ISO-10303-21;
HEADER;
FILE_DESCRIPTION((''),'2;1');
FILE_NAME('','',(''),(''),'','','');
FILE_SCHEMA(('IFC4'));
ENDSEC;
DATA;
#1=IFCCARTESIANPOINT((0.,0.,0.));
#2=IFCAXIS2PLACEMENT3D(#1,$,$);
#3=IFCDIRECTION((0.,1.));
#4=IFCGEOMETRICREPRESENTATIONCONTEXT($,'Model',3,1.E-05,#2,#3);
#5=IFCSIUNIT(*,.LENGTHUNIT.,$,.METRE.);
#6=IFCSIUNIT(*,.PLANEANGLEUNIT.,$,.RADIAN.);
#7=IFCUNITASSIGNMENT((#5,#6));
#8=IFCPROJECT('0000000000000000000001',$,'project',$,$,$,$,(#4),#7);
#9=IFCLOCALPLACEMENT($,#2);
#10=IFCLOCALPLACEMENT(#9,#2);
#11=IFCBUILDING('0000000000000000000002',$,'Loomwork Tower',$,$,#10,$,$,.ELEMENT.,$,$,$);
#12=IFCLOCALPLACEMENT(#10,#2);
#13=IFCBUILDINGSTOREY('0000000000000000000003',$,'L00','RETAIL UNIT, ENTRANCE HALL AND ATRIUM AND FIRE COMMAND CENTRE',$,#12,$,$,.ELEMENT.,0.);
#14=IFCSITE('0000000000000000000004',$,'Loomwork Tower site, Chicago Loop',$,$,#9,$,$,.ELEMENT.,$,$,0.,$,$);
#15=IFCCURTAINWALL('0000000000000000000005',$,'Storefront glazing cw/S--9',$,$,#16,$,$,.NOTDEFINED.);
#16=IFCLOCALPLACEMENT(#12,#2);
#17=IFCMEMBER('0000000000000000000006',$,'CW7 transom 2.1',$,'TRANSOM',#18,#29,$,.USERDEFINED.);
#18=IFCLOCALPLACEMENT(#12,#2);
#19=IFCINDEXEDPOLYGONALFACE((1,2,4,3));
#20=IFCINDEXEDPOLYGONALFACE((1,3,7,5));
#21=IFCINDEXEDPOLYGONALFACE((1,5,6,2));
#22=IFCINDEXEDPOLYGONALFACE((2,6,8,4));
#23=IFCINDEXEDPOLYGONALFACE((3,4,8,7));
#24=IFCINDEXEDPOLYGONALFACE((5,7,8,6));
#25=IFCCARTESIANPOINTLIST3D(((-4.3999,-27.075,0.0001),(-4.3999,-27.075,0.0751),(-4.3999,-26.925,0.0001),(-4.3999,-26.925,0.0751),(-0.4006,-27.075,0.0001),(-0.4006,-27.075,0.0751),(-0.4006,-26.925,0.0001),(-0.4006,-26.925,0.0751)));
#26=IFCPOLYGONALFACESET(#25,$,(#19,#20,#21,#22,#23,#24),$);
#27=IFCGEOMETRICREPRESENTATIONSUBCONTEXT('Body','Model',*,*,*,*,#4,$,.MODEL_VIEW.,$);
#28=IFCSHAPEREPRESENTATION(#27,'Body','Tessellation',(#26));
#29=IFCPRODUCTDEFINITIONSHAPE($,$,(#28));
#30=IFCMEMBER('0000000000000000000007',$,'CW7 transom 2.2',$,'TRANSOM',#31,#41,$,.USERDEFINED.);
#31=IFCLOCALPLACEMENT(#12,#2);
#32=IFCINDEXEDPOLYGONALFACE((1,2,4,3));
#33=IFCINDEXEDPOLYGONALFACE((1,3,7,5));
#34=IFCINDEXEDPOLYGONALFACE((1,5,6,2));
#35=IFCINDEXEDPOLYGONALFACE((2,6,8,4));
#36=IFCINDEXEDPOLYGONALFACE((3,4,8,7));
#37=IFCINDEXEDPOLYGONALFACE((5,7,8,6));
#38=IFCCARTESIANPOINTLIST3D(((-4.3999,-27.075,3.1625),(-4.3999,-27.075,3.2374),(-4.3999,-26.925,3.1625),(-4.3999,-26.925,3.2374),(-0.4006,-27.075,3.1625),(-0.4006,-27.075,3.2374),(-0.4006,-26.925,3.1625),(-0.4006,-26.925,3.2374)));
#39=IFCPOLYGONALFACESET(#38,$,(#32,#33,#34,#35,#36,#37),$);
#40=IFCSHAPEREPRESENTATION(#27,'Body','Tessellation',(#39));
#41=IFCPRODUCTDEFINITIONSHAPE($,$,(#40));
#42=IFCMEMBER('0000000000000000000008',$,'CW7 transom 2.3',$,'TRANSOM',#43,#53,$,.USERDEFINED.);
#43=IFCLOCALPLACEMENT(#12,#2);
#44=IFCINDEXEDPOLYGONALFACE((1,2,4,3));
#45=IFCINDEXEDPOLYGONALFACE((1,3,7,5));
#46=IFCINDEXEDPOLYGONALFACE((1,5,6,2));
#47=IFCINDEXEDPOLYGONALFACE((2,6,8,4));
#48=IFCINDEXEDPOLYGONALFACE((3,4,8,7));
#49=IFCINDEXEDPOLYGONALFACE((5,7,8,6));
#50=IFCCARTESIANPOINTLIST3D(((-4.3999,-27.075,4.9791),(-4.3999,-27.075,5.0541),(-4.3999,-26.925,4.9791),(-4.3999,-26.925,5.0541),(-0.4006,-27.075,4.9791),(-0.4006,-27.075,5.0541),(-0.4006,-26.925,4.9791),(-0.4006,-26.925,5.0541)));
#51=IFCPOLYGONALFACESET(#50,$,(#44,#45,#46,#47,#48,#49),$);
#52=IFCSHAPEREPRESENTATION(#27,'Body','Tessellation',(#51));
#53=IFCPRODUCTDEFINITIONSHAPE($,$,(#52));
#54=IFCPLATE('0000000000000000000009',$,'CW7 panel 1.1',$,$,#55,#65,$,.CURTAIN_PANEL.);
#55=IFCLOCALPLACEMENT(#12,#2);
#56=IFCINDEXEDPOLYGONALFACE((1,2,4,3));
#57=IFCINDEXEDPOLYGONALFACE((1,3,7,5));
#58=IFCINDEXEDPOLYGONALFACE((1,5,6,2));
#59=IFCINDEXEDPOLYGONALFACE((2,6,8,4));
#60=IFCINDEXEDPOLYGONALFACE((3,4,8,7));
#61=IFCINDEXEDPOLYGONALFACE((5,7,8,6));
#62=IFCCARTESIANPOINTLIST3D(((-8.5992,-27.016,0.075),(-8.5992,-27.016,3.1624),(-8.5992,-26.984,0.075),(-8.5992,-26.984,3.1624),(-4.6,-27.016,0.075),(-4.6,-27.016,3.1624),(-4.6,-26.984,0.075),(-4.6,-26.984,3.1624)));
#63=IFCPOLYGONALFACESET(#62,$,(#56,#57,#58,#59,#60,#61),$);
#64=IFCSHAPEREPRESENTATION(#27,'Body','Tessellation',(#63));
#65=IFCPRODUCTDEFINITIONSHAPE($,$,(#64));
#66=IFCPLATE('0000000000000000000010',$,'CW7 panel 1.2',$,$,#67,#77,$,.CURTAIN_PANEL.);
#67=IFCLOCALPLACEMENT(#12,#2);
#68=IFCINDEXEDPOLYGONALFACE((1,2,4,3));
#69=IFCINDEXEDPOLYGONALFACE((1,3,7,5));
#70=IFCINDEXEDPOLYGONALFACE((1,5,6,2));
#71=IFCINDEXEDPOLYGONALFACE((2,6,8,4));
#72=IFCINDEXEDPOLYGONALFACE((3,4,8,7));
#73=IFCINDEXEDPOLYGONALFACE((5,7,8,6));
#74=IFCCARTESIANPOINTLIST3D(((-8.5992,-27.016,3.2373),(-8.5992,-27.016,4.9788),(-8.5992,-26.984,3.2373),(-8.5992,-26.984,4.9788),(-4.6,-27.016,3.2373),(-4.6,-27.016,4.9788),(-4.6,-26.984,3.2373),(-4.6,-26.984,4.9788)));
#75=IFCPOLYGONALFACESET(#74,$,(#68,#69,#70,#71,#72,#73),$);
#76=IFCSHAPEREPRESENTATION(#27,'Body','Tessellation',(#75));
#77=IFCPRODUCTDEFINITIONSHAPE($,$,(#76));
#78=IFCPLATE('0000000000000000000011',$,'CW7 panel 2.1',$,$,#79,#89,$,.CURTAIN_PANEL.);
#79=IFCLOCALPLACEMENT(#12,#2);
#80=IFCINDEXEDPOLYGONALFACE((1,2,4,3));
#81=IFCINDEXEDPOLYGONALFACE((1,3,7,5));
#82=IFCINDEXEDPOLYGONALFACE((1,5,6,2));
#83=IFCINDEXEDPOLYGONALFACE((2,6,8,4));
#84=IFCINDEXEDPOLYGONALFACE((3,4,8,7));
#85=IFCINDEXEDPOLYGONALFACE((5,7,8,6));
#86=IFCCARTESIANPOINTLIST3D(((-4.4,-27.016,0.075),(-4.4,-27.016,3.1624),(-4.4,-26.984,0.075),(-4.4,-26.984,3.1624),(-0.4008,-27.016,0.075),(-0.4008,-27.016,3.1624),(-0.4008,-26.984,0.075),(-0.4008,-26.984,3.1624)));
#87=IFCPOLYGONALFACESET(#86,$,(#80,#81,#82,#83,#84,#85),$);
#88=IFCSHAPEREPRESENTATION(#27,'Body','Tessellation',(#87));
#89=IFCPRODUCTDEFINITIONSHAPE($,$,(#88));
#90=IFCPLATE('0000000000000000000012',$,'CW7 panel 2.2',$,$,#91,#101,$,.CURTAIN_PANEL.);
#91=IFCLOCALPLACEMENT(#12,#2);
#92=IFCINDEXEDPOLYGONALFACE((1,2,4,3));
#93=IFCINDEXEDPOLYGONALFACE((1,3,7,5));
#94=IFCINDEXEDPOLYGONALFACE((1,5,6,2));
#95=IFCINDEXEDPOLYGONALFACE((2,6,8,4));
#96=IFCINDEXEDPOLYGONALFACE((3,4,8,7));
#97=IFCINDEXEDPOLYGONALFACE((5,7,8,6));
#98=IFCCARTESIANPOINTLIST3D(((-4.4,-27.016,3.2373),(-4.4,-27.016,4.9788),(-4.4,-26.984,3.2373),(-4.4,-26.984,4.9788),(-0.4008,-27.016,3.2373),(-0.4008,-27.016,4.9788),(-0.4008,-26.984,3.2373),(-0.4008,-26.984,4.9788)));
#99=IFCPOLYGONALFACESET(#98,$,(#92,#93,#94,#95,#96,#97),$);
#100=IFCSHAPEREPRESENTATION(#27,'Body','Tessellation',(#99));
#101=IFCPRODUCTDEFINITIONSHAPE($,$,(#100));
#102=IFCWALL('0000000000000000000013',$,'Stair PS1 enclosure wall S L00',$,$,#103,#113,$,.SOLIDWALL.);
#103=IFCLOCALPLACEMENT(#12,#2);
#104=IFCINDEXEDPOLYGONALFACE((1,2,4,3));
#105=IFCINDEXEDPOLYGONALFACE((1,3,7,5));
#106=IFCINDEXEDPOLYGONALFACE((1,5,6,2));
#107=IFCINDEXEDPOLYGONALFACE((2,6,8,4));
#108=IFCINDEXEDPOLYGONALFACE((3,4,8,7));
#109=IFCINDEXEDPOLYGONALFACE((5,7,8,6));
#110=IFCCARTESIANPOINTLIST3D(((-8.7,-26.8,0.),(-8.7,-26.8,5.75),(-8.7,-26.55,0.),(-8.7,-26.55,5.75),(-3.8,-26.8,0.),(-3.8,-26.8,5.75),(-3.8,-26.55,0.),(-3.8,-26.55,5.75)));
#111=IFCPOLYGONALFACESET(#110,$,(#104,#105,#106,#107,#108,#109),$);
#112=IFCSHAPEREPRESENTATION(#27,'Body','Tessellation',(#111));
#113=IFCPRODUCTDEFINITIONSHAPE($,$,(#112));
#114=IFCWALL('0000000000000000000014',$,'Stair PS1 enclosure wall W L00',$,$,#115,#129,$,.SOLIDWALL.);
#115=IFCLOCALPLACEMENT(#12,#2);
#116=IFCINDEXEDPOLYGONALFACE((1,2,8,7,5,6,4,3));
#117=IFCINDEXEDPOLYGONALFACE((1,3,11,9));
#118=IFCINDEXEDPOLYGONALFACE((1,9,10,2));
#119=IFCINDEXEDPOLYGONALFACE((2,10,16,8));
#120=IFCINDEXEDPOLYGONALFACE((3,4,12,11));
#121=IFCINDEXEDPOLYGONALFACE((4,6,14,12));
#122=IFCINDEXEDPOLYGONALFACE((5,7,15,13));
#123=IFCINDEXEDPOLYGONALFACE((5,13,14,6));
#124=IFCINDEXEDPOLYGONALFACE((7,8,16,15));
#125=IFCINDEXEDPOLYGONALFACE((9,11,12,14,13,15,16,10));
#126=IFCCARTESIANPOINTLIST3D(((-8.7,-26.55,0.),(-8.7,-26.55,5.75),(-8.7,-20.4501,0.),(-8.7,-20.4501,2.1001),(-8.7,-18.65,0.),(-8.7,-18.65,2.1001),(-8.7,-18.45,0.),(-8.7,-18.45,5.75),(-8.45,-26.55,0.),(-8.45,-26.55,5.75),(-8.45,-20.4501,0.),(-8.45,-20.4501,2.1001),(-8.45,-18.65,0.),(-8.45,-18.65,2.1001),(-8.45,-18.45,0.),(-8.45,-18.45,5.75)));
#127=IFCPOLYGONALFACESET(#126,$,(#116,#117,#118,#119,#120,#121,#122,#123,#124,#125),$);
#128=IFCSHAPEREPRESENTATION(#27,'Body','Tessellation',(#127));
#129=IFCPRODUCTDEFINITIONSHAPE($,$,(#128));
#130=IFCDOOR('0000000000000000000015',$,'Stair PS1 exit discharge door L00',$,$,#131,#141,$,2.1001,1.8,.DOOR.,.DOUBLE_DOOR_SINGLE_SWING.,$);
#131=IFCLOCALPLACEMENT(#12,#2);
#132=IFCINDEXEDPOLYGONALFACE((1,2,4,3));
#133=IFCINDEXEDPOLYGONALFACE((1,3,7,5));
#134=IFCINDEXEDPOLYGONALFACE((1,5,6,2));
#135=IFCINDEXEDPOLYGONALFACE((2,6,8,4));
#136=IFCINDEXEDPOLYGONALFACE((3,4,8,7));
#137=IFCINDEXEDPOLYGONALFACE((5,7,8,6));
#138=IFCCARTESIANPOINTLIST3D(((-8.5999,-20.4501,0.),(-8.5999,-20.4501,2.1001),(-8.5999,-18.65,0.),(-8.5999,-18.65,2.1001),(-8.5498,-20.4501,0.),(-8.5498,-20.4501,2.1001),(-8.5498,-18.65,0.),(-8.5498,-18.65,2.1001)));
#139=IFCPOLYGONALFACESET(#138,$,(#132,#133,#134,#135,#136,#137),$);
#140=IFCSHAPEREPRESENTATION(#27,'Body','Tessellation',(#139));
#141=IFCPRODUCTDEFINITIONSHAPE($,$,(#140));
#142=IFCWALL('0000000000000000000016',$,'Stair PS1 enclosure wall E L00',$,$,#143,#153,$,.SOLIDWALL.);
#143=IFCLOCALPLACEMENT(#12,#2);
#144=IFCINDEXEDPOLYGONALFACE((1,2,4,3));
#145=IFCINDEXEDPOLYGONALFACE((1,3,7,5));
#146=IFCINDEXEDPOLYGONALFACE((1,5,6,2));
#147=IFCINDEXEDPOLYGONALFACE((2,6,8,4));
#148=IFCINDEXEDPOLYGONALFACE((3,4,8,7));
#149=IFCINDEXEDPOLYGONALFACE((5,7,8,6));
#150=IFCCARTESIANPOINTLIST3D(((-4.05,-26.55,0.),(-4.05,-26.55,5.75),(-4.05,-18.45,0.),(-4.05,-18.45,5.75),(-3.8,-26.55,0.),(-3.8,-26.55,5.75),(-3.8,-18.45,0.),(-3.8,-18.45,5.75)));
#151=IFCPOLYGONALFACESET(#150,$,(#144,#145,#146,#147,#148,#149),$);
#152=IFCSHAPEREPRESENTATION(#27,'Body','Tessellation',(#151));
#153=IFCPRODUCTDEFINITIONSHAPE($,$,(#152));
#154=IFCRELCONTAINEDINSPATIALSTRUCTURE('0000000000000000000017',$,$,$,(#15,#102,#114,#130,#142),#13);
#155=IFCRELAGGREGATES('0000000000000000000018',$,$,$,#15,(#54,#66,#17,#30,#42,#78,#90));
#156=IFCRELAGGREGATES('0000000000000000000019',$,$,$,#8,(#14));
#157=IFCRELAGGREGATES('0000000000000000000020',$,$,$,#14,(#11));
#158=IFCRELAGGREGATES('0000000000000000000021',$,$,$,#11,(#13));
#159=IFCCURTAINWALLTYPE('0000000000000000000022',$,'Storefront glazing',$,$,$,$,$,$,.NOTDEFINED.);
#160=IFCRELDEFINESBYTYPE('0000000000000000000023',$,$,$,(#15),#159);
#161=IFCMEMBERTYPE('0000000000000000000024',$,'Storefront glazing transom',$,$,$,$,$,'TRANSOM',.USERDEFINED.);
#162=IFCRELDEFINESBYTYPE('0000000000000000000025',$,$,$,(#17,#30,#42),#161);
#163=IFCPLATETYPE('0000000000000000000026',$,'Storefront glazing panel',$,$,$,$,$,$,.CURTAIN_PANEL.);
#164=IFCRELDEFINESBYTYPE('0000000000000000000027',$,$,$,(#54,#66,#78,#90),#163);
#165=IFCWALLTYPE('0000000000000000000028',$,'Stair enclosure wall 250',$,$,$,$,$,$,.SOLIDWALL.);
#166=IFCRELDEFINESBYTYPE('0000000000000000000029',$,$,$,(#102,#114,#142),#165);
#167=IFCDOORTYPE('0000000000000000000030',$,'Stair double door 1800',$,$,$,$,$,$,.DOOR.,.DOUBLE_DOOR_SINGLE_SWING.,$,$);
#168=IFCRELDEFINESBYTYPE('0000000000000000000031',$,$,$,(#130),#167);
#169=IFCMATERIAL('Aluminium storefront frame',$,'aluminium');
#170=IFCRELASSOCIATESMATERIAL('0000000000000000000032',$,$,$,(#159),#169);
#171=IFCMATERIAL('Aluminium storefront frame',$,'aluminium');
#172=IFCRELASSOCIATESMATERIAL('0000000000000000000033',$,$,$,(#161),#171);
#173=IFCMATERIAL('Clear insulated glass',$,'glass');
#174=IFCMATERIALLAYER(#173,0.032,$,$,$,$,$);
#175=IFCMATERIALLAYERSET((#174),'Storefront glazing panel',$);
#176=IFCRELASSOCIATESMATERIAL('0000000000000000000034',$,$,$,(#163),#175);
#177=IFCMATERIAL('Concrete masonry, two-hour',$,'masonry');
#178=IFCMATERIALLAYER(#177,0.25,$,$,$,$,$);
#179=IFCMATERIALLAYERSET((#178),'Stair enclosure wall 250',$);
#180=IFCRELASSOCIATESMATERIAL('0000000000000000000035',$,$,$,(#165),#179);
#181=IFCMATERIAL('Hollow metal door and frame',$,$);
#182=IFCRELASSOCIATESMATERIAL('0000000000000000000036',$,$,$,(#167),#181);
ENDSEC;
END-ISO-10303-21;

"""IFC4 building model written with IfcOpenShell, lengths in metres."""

from ifc_helpers import new_model, si_unit, direction, frame, frame_2d, origin, origin_2d, place, context, subcontext, project, spatial, rectangle, extrude, material, layer, layer_set, material_profile, profile_set, type_object, element, fill, aggregate, save


model = new_model("IFC4")

# Units and contexts
model_context = context("Model", 3, precision=1e-05, world=origin(), true_north=direction((0.0, 1.0)))
body_context = subcontext(model_context, "Body", "Model", "MODEL_VIEW")
ifc_project = project(units=[si_unit("LENGTHUNIT", "METRE"), si_unit("PLANEANGLEUNIT", "RADIAN")], contexts=[model_context])

# Site, building, storey
site_placement = place(None, origin())
site = spatial("IfcSite", under=ifc_project, at=site_placement, Name="Loomwork Tower site, Chicago Loop", CompositionType="ELEMENT", RefElevation=0.0)
building_placement = place(site_placement, origin())
building = spatial("IfcBuilding", under=site, at=building_placement, Name="Loomwork Tower", CompositionType="ELEMENT")
storey_placement = place(building_placement, origin())
storey = spatial("IfcBuildingStorey", under=building, at=storey_placement, Name="L00", Description="RETAIL UNIT, ENTRANCE HALL AND ATRIUM AND FIRE COMMAND CENTRE", CompositionType="ELEMENT", Elevation=0.0)

# Curtain wall, members, plates
ifc_material_1 = material(Name="Aluminium storefront frame", Category="aluminium")
curtain_wall_type = type_object("IfcCurtainWallType", Name="Storefront glazing", PredefinedType="NOTDEFINED", material=ifc_material_1)
curtain_wall_placement = place(storey_placement, origin())
curtain_wall = element("IfcCurtainWall", 1, at=curtain_wall_placement, inside=storey, type_object=curtain_wall_type, Name="Storefront glazing cw/S--9", PredefinedType="NOTDEFINED")
ifc_material_2 = material(Name="Aluminium storefront frame", Category="aluminium")
ifc_material_profile_1 = material_profile(ifc_material_2, rectangle(XDim=0.1499, YDim=0.075, at=origin_2d()), Name="AL 75x150")
ifc_profile_set_1 = profile_set([ifc_material_profile_1], Name="Aluminium storefront frame")
member_type_1 = type_object("IfcMemberType", Name="Storefront glazing transom", ElementType="TRANSOM", PredefinedType="USERDEFINED", material=ifc_profile_set_1)
member_1_placement = place(storey_placement, frame((-4.3999, -27.0, 0.0376), z_axis=(1.0, 0.0, 0.0), x_axis=(0.0, 1.0, 0.0)))
member_1 = element("IfcMember", 2, at=member_1_placement, type_object=member_type_1, Name="CW7 transom 2.1", ObjectType="TRANSOM", PredefinedType="USERDEFINED", context=body_context, shape_type="SweptSolid", body=[
    extrude(rectangle(XDim=0.1499, YDim=0.075, at=origin_2d()), origin(), (0.0, 0.0, 1.0), 3.9993),
])
member_2_placement = place(storey_placement, frame((-4.3999, -27.0, 3.2), z_axis=(1.0, 0.0, 0.0), x_axis=(0.0, 1.0, 0.0)))
member_2 = element("IfcMember", 3, at=member_2_placement, type_object=member_type_1, Name="CW7 transom 2.2", ObjectType="TRANSOM", PredefinedType="USERDEFINED", context=body_context, shape_type="SweptSolid", body=[
    extrude(rectangle(XDim=0.1499, YDim=0.075, at=origin_2d()), origin(), (0.0, 0.0, 1.0), 3.9993),
])
member_3_placement = place(storey_placement, frame((-4.3999, -27.0, 5.0166), z_axis=(1.0, 0.0, 0.0), x_axis=(0.0, 1.0, 0.0)))
member_3 = element("IfcMember", 4, at=member_3_placement, type_object=member_type_1, Name="CW7 transom 2.3", ObjectType="TRANSOM", PredefinedType="USERDEFINED", context=body_context, shape_type="SweptSolid", body=[
    extrude(rectangle(XDim=0.1499, YDim=0.075, at=origin_2d()), origin(), (0.0, 0.0, 1.0), 3.9993),
])
ifc_material_3 = material(Name="Clear insulated glass", Category="glass")
ifc_layer_1 = layer(ifc_material_3, 0.032)
ifc_layer_set_1 = layer_set([ifc_layer_1], Name="Storefront glazing panel")
plate_type = type_object("IfcPlateType", Name="Storefront glazing panel", PredefinedType="CURTAIN_PANEL", material=ifc_layer_set_1)
plate_1_placement = place(storey_placement, frame((-6.5996, -27.0, 0.075), z_axis=(0.0, 0.0, 1.0), x_axis=(1.0, 0.0, 0.0)))
plate_1 = element("IfcPlate", 5, at=plate_1_placement, type_object=plate_type, Name="CW7 panel 1.1", PredefinedType="CURTAIN_PANEL", context=body_context, shape_type="SweptSolid", body=[
    extrude(rectangle(XDim=3.9993, YDim=0.032, at=origin_2d()), origin(), (0.0, 0.0, 1.0), 3.0874),
])
plate_2_placement = place(storey_placement, frame((-6.5996, -27.0, 3.2373), z_axis=(0.0, 0.0, 1.0), x_axis=(1.0, 0.0, 0.0)))
plate_2 = element("IfcPlate", 6, at=plate_2_placement, type_object=plate_type, Name="CW7 panel 1.2", PredefinedType="CURTAIN_PANEL", context=body_context, shape_type="SweptSolid", body=[
    extrude(rectangle(XDim=3.9993, YDim=0.032, at=origin_2d()), origin(), (0.0, 0.0, 1.0), 1.7415),
])
plate_3_placement = place(storey_placement, frame((-2.4004, -27.0, 0.075), z_axis=(0.0, 0.0, 1.0), x_axis=(1.0, 0.0, 0.0)))
plate_3 = element("IfcPlate", 7, at=plate_3_placement, type_object=plate_type, Name="CW7 panel 2.1", PredefinedType="CURTAIN_PANEL", context=body_context, shape_type="SweptSolid", body=[
    extrude(rectangle(XDim=3.9993, YDim=0.032, at=origin_2d()), origin(), (0.0, 0.0, 1.0), 3.0874),
])
plate_4_placement = place(storey_placement, frame((-2.4004, -27.0, 3.2373), z_axis=(0.0, 0.0, 1.0), x_axis=(1.0, 0.0, 0.0)))
plate_4 = element("IfcPlate", 8, at=plate_4_placement, type_object=plate_type, Name="CW7 panel 2.2", PredefinedType="CURTAIN_PANEL", context=body_context, shape_type="SweptSolid", body=[
    extrude(rectangle(XDim=3.9993, YDim=0.032, at=origin_2d()), origin(), (0.0, 0.0, 1.0), 1.7415),
])
aggregate(curtain_wall, [plate_1, plate_2, member_1, member_2, member_3, plate_3, plate_4])

# Wall
ifc_material_4 = material(Name="Concrete masonry, two-hour", Category="masonry")
ifc_layer_2 = layer(ifc_material_4, 0.25)
ifc_layer_set_2 = layer_set([ifc_layer_2], Name="Stair enclosure wall 250")
wall_type = type_object("IfcWallType", Name="Stair enclosure wall 250", PredefinedType="SOLIDWALL", material=ifc_layer_set_2)
wall_1_placement = place(storey_placement, frame((-8.7, -26.675, 0.0), z_axis=(0.0, 0.0, 1.0), x_axis=(1.0, 0.0, 0.0)))
element("IfcWall", 9, at=wall_1_placement, inside=storey, type_object=wall_type, Name="Stair PS1 enclosure wall S L00", PredefinedType="SOLIDWALL", context=body_context, shape_type="SweptSolid", body=[
    extrude(rectangle(XDim=4.8999, YDim=0.25, at=frame_2d((2.45, 0.0))), origin(), (0.0, 0.0, 1.0), 5.75),
])

# Wall, opening, door
wall_2_placement = place(storey_placement, frame((-8.575, -26.55, 0.0), z_axis=(0.0, 0.0, 1.0), x_axis=(0.0, 1.0, 0.0)))
wall_2 = element("IfcWall", 10, at=wall_2_placement, inside=storey, type_object=wall_type, Name="Stair PS1 enclosure wall W L00", PredefinedType="SOLIDWALL", context=body_context, shape_type="SweptSolid", body=[
    extrude(rectangle(XDim=8.1001, YDim=0.25, at=frame_2d((4.05, 0.0))), origin(), (0.0, 0.0, 1.0), 5.75),
])
opening_placement = place(wall_2_placement, frame((6.1001, 0.0, 0.0)))
opening = element("IfcOpeningElement", 11, at=opening_placement, cuts=wall_2, PredefinedType="OPENING", context=body_context, shape_type="SweptSolid", body=[
    extrude(rectangle(XDim=1.8, YDim=2.1001, at=frame_2d((0.8999, 1.05))), frame((0.0, 0.135, 0.0), z_axis=(0.0, -1.0, 0.0), x_axis=(1.0, 0.0, 0.0)), (0.0, 0.0, 1.0), 0.27),
])
ifc_material_5 = material(Name="Hollow metal door and frame")
door_type = type_object("IfcDoorType", Name="Stair double door 1800", OperationType="DOUBLE_DOOR_SINGLE_SWING", PredefinedType="DOOR", material=ifc_material_5)
door_placement = place(opening_placement, origin())
door = element("IfcDoor", 12, at=door_placement, inside=storey, type_object=door_type, Name="Stair PS1 exit discharge door L00", OperationType="DOUBLE_DOOR_SINGLE_SWING", OverallHeight=2.1001, OverallWidth=1.8, PredefinedType="DOOR", context=body_context, shape_type="SweptSolid", body=[
    extrude(rectangle(XDim=1.8, YDim=2.1001, at=frame_2d((0.8999, 1.05))), frame((0.0, 0.0249, 0.0), z_axis=(0.0, -1.0, 0.0), x_axis=(1.0, 0.0, 0.0)), (0.0, 0.0, 1.0), 0.05),
])
fill(opening, door)

# Wall
wall_3_placement = place(storey_placement, frame((-3.925, -26.55, 0.0), z_axis=(0.0, 0.0, 1.0), x_axis=(0.0, 1.0, 0.0)))
element("IfcWall", 13, at=wall_3_placement, inside=storey, type_object=wall_type, Name="Stair PS1 enclosure wall E L00", PredefinedType="SOLIDWALL", context=body_context, shape_type="SweptSolid", body=[
    extrude(rectangle(XDim=8.1001, YDim=0.25, at=frame_2d((4.05, 0.0))), origin(), (0.0, 0.0, 1.0), 5.75),
])

save(model, "model.ifc")
